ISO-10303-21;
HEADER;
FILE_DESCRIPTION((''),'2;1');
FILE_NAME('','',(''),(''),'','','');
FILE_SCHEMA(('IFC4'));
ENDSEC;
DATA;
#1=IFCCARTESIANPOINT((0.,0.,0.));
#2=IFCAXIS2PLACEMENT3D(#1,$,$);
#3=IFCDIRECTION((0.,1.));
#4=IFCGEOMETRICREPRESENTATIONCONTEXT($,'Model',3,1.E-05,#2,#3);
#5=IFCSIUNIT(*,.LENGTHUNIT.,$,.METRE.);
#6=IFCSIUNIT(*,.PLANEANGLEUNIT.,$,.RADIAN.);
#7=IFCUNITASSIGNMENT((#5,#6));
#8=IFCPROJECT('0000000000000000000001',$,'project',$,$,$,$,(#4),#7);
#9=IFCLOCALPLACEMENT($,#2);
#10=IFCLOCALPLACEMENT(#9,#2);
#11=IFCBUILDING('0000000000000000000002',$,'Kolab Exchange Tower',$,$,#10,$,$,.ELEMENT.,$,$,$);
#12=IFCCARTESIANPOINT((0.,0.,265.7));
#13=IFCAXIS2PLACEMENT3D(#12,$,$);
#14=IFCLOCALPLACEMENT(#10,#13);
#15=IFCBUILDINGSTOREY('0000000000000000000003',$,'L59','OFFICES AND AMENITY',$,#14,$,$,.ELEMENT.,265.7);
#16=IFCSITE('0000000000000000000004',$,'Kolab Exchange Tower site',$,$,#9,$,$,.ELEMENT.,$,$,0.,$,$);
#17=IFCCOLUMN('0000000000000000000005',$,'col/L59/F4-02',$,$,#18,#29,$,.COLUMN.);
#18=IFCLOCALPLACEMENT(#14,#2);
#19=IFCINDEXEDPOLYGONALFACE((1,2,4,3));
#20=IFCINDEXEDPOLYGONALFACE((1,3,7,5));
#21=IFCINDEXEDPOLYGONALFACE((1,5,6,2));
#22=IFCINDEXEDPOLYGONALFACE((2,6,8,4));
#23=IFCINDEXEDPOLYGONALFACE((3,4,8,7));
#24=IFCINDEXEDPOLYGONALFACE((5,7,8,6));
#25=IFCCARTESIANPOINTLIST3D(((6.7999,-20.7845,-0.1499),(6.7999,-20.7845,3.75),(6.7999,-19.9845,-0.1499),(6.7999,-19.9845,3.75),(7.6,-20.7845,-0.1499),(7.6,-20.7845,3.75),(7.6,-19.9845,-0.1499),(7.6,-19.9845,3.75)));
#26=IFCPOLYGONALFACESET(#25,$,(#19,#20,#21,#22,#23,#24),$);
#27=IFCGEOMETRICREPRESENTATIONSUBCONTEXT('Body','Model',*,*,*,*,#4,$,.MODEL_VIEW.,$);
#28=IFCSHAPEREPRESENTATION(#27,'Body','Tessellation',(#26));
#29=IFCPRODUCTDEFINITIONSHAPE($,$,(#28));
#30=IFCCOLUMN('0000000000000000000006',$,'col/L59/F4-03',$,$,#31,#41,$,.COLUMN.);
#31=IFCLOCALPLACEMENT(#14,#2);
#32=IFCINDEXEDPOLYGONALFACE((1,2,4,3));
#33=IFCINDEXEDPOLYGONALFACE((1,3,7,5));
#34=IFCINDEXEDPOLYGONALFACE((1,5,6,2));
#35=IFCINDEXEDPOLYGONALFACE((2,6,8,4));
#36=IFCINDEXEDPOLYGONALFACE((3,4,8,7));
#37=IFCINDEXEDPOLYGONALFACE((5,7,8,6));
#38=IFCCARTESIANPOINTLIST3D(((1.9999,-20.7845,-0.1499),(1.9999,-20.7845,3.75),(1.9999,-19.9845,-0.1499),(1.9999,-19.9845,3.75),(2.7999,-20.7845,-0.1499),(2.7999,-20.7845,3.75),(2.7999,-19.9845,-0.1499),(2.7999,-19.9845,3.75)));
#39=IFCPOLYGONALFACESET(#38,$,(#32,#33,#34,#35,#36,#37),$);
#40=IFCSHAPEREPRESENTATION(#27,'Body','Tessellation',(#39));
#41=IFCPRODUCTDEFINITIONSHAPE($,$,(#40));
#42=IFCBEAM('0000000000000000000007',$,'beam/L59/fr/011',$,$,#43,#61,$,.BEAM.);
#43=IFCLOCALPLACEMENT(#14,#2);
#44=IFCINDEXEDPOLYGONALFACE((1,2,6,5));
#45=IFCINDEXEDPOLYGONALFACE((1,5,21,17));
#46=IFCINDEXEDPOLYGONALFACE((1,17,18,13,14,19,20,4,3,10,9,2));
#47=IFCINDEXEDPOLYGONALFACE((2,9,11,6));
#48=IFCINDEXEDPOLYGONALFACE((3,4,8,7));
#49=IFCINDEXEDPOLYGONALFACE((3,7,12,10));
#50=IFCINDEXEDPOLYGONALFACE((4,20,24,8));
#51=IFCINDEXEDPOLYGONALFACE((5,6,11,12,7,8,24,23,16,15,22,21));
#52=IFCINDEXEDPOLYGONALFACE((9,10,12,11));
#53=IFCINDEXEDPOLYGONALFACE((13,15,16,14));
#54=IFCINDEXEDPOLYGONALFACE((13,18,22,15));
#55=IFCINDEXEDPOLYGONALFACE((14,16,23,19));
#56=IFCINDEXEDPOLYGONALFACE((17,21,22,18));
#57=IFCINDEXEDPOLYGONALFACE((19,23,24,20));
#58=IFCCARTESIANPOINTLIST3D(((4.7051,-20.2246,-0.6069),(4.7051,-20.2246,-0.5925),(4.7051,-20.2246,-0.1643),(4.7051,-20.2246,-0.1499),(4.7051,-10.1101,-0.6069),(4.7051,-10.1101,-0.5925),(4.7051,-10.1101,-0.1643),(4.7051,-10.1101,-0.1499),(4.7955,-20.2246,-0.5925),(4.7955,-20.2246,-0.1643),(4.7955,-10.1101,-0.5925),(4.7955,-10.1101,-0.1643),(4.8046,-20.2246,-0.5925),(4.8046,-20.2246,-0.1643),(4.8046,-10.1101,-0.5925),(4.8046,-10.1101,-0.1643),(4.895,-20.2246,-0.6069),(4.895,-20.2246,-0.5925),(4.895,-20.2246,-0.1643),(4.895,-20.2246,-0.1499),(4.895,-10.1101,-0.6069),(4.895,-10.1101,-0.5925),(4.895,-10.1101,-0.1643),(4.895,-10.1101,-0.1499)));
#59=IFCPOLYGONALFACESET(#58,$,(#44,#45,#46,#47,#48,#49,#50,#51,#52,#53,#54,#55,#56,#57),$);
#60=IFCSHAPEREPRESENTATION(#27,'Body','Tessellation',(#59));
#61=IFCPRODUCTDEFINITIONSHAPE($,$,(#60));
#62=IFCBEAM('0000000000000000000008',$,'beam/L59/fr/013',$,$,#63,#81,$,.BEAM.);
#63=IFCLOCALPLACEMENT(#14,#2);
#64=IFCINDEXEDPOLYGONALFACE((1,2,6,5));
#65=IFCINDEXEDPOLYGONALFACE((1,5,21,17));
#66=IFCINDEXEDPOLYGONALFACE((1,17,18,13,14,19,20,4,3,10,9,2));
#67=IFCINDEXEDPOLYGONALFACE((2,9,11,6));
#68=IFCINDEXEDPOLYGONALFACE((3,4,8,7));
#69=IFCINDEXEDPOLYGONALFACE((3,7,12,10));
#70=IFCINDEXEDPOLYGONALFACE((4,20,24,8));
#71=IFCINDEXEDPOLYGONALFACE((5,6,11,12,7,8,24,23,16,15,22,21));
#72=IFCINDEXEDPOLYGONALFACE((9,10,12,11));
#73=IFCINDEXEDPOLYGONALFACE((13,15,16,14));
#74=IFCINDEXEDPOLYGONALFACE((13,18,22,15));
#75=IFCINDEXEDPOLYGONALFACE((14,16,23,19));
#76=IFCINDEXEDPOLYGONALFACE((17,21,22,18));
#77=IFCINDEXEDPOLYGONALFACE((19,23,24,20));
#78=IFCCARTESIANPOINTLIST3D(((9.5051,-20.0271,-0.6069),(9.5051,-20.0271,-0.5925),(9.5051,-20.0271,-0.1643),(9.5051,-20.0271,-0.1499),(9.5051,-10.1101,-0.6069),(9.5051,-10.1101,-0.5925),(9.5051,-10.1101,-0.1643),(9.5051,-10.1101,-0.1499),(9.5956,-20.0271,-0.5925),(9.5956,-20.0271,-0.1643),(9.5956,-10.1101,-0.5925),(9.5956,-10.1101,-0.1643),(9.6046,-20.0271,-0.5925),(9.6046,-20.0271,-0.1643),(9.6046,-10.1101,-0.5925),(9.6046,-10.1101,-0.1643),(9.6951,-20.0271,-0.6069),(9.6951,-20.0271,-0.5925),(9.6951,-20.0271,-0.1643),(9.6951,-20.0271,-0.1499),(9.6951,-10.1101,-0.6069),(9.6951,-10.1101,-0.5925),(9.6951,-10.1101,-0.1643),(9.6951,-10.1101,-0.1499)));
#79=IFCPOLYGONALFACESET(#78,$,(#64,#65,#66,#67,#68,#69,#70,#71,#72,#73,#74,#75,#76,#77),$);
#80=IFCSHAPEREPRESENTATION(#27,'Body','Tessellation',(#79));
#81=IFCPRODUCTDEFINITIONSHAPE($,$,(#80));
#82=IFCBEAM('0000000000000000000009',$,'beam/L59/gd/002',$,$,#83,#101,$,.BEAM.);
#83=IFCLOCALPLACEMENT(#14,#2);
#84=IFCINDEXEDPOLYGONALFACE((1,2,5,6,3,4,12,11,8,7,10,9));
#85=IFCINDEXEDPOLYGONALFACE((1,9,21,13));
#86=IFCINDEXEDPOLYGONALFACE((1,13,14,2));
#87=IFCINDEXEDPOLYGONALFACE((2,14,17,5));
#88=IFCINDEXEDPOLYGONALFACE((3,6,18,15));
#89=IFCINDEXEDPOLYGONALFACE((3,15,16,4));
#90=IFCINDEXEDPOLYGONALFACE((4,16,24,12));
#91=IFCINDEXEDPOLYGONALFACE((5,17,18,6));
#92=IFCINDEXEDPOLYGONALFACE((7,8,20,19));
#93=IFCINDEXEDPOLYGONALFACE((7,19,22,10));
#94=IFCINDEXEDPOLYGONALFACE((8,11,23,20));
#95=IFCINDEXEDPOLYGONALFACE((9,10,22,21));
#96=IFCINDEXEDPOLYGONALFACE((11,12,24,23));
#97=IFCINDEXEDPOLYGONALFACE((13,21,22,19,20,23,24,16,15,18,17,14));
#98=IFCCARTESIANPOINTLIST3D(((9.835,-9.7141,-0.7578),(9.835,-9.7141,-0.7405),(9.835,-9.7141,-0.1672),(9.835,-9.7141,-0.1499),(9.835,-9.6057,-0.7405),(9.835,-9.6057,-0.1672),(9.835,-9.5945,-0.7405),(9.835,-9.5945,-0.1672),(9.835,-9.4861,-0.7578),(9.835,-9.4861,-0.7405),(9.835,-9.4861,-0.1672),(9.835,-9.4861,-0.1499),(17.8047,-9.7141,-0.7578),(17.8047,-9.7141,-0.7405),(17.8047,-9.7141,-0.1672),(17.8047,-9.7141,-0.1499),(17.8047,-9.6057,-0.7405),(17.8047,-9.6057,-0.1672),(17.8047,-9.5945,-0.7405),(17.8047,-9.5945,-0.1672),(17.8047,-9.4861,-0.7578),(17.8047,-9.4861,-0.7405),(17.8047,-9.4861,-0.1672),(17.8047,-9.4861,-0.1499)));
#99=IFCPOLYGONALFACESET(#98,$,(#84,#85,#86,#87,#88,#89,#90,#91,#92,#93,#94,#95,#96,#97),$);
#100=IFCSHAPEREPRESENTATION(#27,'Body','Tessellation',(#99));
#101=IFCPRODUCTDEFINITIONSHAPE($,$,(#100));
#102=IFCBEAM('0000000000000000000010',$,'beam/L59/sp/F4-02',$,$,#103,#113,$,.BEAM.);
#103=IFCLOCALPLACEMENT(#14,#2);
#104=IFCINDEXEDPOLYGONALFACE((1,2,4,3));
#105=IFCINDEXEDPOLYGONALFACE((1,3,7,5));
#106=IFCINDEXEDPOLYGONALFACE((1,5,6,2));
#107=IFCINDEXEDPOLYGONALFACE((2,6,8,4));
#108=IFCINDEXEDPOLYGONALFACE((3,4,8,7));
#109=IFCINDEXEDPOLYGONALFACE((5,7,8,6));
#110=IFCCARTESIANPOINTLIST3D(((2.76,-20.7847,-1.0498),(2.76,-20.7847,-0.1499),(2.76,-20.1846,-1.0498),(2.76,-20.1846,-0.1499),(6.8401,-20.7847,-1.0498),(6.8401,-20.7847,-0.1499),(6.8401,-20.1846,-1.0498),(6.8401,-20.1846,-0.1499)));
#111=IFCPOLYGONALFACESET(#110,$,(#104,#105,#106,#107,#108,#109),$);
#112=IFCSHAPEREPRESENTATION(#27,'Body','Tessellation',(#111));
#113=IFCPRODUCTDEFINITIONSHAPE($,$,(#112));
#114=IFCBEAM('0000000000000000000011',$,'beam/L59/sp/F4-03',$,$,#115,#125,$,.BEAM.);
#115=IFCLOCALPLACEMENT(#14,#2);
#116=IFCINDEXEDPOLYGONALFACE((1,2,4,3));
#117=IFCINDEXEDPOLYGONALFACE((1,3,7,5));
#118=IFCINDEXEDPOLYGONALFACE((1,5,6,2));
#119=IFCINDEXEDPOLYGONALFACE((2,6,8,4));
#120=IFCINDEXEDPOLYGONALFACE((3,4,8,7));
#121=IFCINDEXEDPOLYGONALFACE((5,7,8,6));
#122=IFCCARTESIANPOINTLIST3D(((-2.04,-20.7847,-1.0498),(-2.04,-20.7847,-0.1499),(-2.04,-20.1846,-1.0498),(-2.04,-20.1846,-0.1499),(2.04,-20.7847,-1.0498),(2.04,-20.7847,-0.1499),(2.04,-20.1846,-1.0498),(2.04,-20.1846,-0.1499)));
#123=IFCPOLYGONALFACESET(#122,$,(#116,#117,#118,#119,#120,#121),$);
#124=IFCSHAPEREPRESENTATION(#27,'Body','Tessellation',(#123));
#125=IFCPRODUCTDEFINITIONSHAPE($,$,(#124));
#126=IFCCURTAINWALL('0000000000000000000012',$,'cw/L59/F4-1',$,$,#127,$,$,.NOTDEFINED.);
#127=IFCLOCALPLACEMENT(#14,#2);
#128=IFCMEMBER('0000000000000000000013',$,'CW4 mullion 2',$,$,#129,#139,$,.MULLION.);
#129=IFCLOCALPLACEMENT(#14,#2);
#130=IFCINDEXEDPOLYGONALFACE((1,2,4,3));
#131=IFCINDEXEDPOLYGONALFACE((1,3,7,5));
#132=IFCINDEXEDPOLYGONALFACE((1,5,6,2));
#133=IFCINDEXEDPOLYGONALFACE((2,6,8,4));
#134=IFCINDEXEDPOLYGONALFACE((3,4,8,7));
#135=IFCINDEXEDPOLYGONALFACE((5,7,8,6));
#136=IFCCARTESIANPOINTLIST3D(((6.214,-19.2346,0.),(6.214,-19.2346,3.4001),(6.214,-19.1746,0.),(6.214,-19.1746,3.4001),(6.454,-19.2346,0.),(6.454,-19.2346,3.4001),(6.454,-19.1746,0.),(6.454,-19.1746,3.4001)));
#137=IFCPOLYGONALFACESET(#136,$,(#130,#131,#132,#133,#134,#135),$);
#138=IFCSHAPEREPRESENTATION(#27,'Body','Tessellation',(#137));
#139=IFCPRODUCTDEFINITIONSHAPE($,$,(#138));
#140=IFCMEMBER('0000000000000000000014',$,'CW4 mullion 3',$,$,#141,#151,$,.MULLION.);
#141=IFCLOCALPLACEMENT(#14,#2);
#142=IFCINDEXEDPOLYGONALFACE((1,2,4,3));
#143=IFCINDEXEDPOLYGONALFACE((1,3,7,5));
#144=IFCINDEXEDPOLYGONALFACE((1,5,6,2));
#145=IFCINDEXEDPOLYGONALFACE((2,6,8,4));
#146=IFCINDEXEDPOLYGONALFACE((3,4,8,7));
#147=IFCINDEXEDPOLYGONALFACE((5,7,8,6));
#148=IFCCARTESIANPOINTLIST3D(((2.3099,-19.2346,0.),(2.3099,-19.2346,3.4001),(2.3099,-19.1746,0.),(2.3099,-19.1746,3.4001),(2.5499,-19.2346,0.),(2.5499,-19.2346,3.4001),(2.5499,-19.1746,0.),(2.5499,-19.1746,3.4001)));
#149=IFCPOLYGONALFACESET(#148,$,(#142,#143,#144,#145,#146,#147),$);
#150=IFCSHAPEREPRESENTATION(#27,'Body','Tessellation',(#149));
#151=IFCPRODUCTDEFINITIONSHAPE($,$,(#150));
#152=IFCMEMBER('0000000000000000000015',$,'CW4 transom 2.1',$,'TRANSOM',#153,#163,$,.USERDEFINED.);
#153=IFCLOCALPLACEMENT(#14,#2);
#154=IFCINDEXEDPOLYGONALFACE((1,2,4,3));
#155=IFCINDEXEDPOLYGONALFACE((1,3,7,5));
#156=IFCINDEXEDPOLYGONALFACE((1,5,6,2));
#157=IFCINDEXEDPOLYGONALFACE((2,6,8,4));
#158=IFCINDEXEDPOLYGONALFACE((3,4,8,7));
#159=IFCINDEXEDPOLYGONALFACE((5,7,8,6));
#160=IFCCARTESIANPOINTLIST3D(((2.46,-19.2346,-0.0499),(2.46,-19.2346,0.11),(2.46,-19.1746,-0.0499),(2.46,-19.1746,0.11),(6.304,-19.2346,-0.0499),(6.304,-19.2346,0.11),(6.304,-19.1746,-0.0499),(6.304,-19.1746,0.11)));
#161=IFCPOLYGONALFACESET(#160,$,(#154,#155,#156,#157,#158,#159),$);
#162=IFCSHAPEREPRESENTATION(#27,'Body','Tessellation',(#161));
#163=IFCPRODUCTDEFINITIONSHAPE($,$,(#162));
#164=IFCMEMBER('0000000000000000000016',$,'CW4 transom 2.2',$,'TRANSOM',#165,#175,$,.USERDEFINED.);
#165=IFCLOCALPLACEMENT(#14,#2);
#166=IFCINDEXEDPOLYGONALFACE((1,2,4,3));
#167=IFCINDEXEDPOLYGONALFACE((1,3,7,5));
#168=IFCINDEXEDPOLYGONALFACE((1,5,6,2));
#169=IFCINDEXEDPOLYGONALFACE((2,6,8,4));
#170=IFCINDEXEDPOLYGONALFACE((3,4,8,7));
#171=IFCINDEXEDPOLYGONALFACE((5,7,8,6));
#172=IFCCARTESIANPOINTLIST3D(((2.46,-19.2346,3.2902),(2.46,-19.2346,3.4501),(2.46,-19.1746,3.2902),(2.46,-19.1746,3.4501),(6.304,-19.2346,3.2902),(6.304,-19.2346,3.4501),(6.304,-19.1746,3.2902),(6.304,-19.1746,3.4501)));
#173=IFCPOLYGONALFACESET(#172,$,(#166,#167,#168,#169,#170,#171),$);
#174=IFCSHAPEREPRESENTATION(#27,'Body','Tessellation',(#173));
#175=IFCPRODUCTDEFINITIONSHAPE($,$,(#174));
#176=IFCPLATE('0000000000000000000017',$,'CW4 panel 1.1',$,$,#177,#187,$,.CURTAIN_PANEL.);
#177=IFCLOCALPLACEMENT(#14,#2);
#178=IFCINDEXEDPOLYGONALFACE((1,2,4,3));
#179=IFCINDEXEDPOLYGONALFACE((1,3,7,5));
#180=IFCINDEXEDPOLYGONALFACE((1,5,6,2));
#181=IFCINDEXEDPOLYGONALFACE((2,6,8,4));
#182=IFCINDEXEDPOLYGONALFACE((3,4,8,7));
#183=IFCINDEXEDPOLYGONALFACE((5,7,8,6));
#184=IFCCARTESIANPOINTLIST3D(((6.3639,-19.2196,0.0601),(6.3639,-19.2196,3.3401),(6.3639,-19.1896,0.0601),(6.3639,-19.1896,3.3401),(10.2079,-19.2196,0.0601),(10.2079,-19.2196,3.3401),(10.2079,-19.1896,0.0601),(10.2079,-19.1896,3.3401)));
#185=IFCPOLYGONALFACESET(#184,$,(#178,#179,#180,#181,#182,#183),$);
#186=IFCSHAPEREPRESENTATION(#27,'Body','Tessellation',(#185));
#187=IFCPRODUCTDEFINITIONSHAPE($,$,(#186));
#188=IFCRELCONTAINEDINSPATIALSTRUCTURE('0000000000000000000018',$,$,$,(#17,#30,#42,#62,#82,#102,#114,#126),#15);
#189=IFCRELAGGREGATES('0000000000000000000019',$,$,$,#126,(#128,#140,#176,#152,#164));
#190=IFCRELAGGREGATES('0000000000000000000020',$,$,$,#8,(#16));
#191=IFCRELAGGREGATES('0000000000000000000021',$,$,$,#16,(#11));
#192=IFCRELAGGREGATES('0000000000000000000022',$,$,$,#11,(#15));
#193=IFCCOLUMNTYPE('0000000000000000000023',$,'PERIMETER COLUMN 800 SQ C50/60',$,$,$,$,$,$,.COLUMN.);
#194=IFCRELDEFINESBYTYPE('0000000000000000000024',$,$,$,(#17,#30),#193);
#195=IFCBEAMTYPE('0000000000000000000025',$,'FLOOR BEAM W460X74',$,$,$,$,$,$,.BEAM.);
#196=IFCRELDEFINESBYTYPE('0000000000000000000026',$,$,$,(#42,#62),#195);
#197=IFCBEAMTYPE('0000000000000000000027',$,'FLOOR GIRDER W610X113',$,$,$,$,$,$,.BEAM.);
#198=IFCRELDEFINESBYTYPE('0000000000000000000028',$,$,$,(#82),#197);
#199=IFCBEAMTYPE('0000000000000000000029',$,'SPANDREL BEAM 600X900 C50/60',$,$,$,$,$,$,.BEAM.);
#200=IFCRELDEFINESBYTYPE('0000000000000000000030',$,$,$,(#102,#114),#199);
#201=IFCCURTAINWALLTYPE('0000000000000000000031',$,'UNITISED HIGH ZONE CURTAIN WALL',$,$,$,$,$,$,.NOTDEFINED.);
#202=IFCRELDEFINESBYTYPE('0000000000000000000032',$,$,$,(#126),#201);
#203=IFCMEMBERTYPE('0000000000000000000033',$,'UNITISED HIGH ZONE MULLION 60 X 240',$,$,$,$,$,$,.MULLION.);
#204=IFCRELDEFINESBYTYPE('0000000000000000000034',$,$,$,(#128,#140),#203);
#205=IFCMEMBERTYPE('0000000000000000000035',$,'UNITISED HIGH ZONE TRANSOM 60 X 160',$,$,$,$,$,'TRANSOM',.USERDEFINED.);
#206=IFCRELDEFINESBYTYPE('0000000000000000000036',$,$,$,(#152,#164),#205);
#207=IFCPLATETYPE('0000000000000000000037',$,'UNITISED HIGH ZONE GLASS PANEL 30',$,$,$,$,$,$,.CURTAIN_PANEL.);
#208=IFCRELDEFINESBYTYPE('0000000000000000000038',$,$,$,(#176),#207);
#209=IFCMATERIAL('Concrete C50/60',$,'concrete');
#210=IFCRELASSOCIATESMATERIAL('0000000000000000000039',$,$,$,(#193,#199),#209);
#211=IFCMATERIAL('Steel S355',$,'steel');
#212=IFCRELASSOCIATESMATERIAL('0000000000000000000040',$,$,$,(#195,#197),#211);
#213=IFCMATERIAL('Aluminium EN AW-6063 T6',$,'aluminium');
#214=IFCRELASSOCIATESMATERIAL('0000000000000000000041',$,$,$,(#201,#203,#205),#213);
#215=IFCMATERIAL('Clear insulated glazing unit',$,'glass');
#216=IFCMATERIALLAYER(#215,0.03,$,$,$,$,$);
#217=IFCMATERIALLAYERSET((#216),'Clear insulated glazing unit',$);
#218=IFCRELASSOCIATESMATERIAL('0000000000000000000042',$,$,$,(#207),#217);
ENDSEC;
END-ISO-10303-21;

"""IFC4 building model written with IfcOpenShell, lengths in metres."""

from ifc_helpers import new_model, si_unit, direction, frame, origin, origin_2d, place, context, subcontext, project, spatial, rectangle, i_section, extrude, material, layer, layer_set, material_profile, profile_set, type_object, element, aggregate, save


model = new_model("IFC4")

# Units and contexts
model_context = context("Model", 3, precision=1e-05, world=origin(), true_north=direction((0.0, 1.0)))
body_context = subcontext(model_context, "Body", "Model", "MODEL_VIEW")
ifc_project = project(units=[si_unit("LENGTHUNIT", "METRE"), si_unit("PLANEANGLEUNIT", "RADIAN")], contexts=[model_context])

# Site, building, storey
site_placement = place(None, origin())
site = spatial("IfcSite", under=ifc_project, at=site_placement, Name="Kolab Exchange Tower site", CompositionType="ELEMENT", RefElevation=0.0)
building_placement = place(site_placement, origin())
building = spatial("IfcBuilding", under=site, at=building_placement, Name="Kolab Exchange Tower", CompositionType="ELEMENT")
storey_placement = place(building_placement, frame((0.0, 0.0, 265.7)))
storey = spatial("IfcBuildingStorey", under=building, at=storey_placement, Name="L59", Description="OFFICES AND AMENITY", CompositionType="ELEMENT", Elevation=265.7)

# Columns
ifc_material_1 = material(Name="Concrete C50/60", Category="concrete")
ifc_material_profile_1 = material_profile(ifc_material_1, rectangle(XDim=0.8, YDim=0.8, at=origin_2d()), Name="RC800")
ifc_profile_set_1 = profile_set([ifc_material_profile_1], Name="Concrete C50/60")
column_type = type_object("IfcColumnType", Name="PERIMETER COLUMN 800 SQ C50/60", PredefinedType="COLUMN", material=ifc_profile_set_1)
for number, where, z_axis, x_axis, name in (
    (1, (7.2, -20.3845, -0.1499), (0.0, 0.0, 1.0), (1.0, 0.0, 0.0), "col/L59/F4-02"),
    (2, (2.3999, -20.3845, -0.1499), (0.0, 0.0, 1.0), (1.0, 0.0, 0.0), "col/L59/F4-03"),
):
    element("IfcColumn", number, at=place(storey_placement, frame(where, z_axis=z_axis, x_axis=x_axis)), inside=storey, type_object=column_type, Name=name, PredefinedType="COLUMN", context=body_context, shape_type="SweptSolid", body=[
        extrude(rectangle(XDim=0.8, YDim=0.8, at=origin_2d()), origin(), (0.0, 0.0, 1.0), 3.8999),
    ])

# Beams
ifc_material_2 = material(Name="Steel S355", Category="steel")
ifc_material_profile_2 = material_profile(ifc_material_2, i_section(OverallWidth=0.1899, OverallDepth=0.457, WebThickness=0.009, FlangeThickness=0.0144, at=origin_2d()), Name="W460X74")
ifc_profile_set_2 = profile_set([ifc_material_profile_2], Name="Steel S355")
beam_type_1 = type_object("IfcBeamType", Name="FLOOR BEAM W460X74", PredefinedType="BEAM", material=ifc_profile_set_2)
beam_1_placement = place(storey_placement, frame((4.8, -20.2246, -0.3784), z_axis=(0.0, 1.0, 0.0), x_axis=(-1.0, 0.0, 0.0)))
element("IfcBeam", 3, at=beam_1_placement, inside=storey, type_object=beam_type_1, Name="beam/L59/fr/011", PredefinedType="BEAM", context=body_context, shape_type="SweptSolid", body=[
    extrude(i_section(OverallWidth=0.1899, OverallDepth=0.457, WebThickness=0.009, FlangeThickness=0.0144, at=origin_2d()), origin(), (0.0, 0.0, 1.0), 10.1145),
])
beam_2_placement = place(storey_placement, frame((9.6001, -20.0271, -0.3784), z_axis=(0.0, 1.0, 0.0), x_axis=(-1.0, 0.0, 0.0)))
element("IfcBeam", 4, at=beam_2_placement, inside=storey, type_object=beam_type_1, Name="beam/L59/fr/013", PredefinedType="BEAM", context=body_context, shape_type="SweptSolid", body=[
    extrude(i_section(OverallWidth=0.1899, OverallDepth=0.457, WebThickness=0.009, FlangeThickness=0.0144, at=origin_2d()), origin(), (0.0, 0.0, 1.0), 9.917),
])
ifc_material_profile_3 = material_profile(ifc_material_2, i_section(OverallWidth=0.228, OverallDepth=0.6079, WebThickness=0.0112, FlangeThickness=0.0173, at=origin_2d()), Name="W610X113")
ifc_profile_set_3 = profile_set([ifc_material_profile_3], Name="Steel S355")
beam_type_2 = type_object("IfcBeamType", Name="FLOOR GIRDER W610X113", PredefinedType="BEAM", material=ifc_profile_set_3)
beam_3_placement = place(storey_placement, frame((9.835, -9.6001, -0.4539), z_axis=(1.0, 0.0, 0.0), x_axis=(0.0, 1.0, 0.0)))
element("IfcBeam", 5, at=beam_3_placement, inside=storey, type_object=beam_type_2, Name="beam/L59/gd/002", PredefinedType="BEAM", context=body_context, shape_type="SweptSolid", body=[
    extrude(i_section(OverallWidth=0.228, OverallDepth=0.6079, WebThickness=0.0112, FlangeThickness=0.0173, at=origin_2d()), origin(), (0.0, 0.0, 1.0), 7.9697),
])
ifc_material_profile_4 = material_profile(ifc_material_1, rectangle(XDim=0.6001, YDim=0.8999, at=origin_2d()), Name="RC600X900")
ifc_profile_set_4 = profile_set([ifc_material_profile_4], Name="Concrete C50/60")
beam_type_3 = type_object("IfcBeamType", Name="SPANDREL BEAM 600X900 C50/60", PredefinedType="BEAM", material=ifc_profile_set_4)
for number, where, z_axis, x_axis, name in (
    (6, (6.8401, -20.4846, -0.5999), (-1.0, 0.0, 0.0), (0.0, -1.0, 0.0), "beam/L59/sp/F4-02"),
    (7, (2.04, -20.4846, -0.5999), (-1.0, 0.0, 0.0), (0.0, -1.0, 0.0), "beam/L59/sp/F4-03"),
):
    element("IfcBeam", number, at=place(storey_placement, frame(where, z_axis=z_axis, x_axis=x_axis)), inside=storey, type_object=beam_type_3, Name=name, PredefinedType="BEAM", context=body_context, shape_type="SweptSolid", body=[
        extrude(rectangle(XDim=0.6001, YDim=0.8999, at=origin_2d()), origin(), (0.0, 0.0, 1.0), 4.0801),
    ])

# Curtain wall, members, plate
ifc_material_3 = material(Name="Aluminium EN AW-6063 T6", Category="aluminium")
curtain_wall_type = type_object("IfcCurtainWallType", Name="UNITISED HIGH ZONE CURTAIN WALL", PredefinedType="NOTDEFINED", material=ifc_material_3)
curtain_wall_placement = place(storey_placement, origin())
curtain_wall = element("IfcCurtainWall", 8, at=curtain_wall_placement, inside=storey, type_object=curtain_wall_type, Name="cw/L59/F4-1", PredefinedType="NOTDEFINED")
ifc_material_profile_5 = material_profile(ifc_material_3, rectangle(XDim=0.0601, YDim=0.24, at=origin_2d()), Name="RECT 60X240")
ifc_profile_set_5 = profile_set([ifc_material_profile_5], Name="Aluminium EN AW-6063 T6")
member_type_1 = type_object("IfcMemberType", Name="UNITISED HIGH ZONE MULLION 60 X 240", PredefinedType="MULLION", material=ifc_profile_set_5)
member_1_placement = place(storey_placement, frame((6.334, -19.2046, 0.0), z_axis=(0.0, 0.0, 1.0), x_axis=(0.0, -1.0, 0.0)))
member_1 = element("IfcMember", 9, at=member_1_placement, type_object=member_type_1, Name="CW4 mullion 2", PredefinedType="MULLION", context=body_context, shape_type="SweptSolid", body=[
    extrude(rectangle(XDim=0.0601, YDim=0.24, at=origin_2d()), origin(), (0.0, 0.0, 1.0), 3.4001),
])
member_2_placement = place(storey_placement, frame((2.4299, -19.2046, 0.0), z_axis=(0.0, 0.0, 1.0), x_axis=(0.0, -1.0, 0.0)))
member_2 = element("IfcMember", 10, at=member_2_placement, type_object=member_type_1, Name="CW4 mullion 3", PredefinedType="MULLION", context=body_context, shape_type="SweptSolid", body=[
    extrude(rectangle(XDim=0.0601, YDim=0.24, at=origin_2d()), origin(), (0.0, 0.0, 1.0), 3.4001),
])
ifc_material_profile_6 = material_profile(ifc_material_3, rectangle(XDim=0.0601, YDim=0.1599, at=origin_2d()), Name="RECT 60X160")
ifc_profile_set_6 = profile_set([ifc_material_profile_6], Name="Aluminium EN AW-6063 T6")
member_type_2 = type_object("IfcMemberType", Name="UNITISED HIGH ZONE TRANSOM 60 X 160", ElementType="TRANSOM", PredefinedType="USERDEFINED", material=ifc_profile_set_6)
member_3_placement = place(storey_placement, frame((6.304, -19.2046, 0.03), z_axis=(-1.0, 0.0, 0.0), x_axis=(0.0, -1.0, 0.0)))
member_3 = element("IfcMember", 11, at=member_3_placement, type_object=member_type_2, Name="CW4 transom 2.1", ObjectType="TRANSOM", PredefinedType="USERDEFINED", context=body_context, shape_type="SweptSolid", body=[
    extrude(rectangle(XDim=0.0601, YDim=0.1599, at=origin_2d()), origin(), (0.0, 0.0, 1.0), 3.844),
])
member_4_placement = place(storey_placement, frame((6.304, -19.2046, 3.3701), z_axis=(-1.0, 0.0, 0.0), x_axis=(0.0, -1.0, 0.0)))
member_4 = element("IfcMember", 12, at=member_4_placement, type_object=member_type_2, Name="CW4 transom 2.2", ObjectType="TRANSOM", PredefinedType="USERDEFINED", context=body_context, shape_type="SweptSolid", body=[
    extrude(rectangle(XDim=0.0601, YDim=0.1599, at=origin_2d()), origin(), (0.0, 0.0, 1.0), 3.844),
])
ifc_material_4 = material(Name="Clear insulated glazing unit", Category="glass")
ifc_layer_1 = layer(ifc_material_4, 0.03)
ifc_layer_set_1 = layer_set([ifc_layer_1], Name="Clear insulated glazing unit")
plate_type = type_object("IfcPlateType", Name="UNITISED HIGH ZONE GLASS PANEL 30", PredefinedType="CURTAIN_PANEL", material=ifc_layer_set_1)
plate_1_placement = place(storey_placement, frame((8.2859, -19.2046, 0.0601), z_axis=(0.0, 0.0, 1.0), x_axis=(-1.0, 0.0, 0.0)))
plate_1 = element("IfcPlate", 13, at=plate_1_placement, type_object=plate_type, Name="CW4 panel 1.1", PredefinedType="CURTAIN_PANEL", context=body_context, shape_type="SweptSolid", body=[
    extrude(rectangle(XDim=3.844, YDim=0.03, at=origin_2d()), origin(), (0.0, 0.0, 1.0), 3.28),
])
aggregate(curtain_wall, [member_1, member_2, plate_1, member_3, member_4])

save(model, "model.ifc")
